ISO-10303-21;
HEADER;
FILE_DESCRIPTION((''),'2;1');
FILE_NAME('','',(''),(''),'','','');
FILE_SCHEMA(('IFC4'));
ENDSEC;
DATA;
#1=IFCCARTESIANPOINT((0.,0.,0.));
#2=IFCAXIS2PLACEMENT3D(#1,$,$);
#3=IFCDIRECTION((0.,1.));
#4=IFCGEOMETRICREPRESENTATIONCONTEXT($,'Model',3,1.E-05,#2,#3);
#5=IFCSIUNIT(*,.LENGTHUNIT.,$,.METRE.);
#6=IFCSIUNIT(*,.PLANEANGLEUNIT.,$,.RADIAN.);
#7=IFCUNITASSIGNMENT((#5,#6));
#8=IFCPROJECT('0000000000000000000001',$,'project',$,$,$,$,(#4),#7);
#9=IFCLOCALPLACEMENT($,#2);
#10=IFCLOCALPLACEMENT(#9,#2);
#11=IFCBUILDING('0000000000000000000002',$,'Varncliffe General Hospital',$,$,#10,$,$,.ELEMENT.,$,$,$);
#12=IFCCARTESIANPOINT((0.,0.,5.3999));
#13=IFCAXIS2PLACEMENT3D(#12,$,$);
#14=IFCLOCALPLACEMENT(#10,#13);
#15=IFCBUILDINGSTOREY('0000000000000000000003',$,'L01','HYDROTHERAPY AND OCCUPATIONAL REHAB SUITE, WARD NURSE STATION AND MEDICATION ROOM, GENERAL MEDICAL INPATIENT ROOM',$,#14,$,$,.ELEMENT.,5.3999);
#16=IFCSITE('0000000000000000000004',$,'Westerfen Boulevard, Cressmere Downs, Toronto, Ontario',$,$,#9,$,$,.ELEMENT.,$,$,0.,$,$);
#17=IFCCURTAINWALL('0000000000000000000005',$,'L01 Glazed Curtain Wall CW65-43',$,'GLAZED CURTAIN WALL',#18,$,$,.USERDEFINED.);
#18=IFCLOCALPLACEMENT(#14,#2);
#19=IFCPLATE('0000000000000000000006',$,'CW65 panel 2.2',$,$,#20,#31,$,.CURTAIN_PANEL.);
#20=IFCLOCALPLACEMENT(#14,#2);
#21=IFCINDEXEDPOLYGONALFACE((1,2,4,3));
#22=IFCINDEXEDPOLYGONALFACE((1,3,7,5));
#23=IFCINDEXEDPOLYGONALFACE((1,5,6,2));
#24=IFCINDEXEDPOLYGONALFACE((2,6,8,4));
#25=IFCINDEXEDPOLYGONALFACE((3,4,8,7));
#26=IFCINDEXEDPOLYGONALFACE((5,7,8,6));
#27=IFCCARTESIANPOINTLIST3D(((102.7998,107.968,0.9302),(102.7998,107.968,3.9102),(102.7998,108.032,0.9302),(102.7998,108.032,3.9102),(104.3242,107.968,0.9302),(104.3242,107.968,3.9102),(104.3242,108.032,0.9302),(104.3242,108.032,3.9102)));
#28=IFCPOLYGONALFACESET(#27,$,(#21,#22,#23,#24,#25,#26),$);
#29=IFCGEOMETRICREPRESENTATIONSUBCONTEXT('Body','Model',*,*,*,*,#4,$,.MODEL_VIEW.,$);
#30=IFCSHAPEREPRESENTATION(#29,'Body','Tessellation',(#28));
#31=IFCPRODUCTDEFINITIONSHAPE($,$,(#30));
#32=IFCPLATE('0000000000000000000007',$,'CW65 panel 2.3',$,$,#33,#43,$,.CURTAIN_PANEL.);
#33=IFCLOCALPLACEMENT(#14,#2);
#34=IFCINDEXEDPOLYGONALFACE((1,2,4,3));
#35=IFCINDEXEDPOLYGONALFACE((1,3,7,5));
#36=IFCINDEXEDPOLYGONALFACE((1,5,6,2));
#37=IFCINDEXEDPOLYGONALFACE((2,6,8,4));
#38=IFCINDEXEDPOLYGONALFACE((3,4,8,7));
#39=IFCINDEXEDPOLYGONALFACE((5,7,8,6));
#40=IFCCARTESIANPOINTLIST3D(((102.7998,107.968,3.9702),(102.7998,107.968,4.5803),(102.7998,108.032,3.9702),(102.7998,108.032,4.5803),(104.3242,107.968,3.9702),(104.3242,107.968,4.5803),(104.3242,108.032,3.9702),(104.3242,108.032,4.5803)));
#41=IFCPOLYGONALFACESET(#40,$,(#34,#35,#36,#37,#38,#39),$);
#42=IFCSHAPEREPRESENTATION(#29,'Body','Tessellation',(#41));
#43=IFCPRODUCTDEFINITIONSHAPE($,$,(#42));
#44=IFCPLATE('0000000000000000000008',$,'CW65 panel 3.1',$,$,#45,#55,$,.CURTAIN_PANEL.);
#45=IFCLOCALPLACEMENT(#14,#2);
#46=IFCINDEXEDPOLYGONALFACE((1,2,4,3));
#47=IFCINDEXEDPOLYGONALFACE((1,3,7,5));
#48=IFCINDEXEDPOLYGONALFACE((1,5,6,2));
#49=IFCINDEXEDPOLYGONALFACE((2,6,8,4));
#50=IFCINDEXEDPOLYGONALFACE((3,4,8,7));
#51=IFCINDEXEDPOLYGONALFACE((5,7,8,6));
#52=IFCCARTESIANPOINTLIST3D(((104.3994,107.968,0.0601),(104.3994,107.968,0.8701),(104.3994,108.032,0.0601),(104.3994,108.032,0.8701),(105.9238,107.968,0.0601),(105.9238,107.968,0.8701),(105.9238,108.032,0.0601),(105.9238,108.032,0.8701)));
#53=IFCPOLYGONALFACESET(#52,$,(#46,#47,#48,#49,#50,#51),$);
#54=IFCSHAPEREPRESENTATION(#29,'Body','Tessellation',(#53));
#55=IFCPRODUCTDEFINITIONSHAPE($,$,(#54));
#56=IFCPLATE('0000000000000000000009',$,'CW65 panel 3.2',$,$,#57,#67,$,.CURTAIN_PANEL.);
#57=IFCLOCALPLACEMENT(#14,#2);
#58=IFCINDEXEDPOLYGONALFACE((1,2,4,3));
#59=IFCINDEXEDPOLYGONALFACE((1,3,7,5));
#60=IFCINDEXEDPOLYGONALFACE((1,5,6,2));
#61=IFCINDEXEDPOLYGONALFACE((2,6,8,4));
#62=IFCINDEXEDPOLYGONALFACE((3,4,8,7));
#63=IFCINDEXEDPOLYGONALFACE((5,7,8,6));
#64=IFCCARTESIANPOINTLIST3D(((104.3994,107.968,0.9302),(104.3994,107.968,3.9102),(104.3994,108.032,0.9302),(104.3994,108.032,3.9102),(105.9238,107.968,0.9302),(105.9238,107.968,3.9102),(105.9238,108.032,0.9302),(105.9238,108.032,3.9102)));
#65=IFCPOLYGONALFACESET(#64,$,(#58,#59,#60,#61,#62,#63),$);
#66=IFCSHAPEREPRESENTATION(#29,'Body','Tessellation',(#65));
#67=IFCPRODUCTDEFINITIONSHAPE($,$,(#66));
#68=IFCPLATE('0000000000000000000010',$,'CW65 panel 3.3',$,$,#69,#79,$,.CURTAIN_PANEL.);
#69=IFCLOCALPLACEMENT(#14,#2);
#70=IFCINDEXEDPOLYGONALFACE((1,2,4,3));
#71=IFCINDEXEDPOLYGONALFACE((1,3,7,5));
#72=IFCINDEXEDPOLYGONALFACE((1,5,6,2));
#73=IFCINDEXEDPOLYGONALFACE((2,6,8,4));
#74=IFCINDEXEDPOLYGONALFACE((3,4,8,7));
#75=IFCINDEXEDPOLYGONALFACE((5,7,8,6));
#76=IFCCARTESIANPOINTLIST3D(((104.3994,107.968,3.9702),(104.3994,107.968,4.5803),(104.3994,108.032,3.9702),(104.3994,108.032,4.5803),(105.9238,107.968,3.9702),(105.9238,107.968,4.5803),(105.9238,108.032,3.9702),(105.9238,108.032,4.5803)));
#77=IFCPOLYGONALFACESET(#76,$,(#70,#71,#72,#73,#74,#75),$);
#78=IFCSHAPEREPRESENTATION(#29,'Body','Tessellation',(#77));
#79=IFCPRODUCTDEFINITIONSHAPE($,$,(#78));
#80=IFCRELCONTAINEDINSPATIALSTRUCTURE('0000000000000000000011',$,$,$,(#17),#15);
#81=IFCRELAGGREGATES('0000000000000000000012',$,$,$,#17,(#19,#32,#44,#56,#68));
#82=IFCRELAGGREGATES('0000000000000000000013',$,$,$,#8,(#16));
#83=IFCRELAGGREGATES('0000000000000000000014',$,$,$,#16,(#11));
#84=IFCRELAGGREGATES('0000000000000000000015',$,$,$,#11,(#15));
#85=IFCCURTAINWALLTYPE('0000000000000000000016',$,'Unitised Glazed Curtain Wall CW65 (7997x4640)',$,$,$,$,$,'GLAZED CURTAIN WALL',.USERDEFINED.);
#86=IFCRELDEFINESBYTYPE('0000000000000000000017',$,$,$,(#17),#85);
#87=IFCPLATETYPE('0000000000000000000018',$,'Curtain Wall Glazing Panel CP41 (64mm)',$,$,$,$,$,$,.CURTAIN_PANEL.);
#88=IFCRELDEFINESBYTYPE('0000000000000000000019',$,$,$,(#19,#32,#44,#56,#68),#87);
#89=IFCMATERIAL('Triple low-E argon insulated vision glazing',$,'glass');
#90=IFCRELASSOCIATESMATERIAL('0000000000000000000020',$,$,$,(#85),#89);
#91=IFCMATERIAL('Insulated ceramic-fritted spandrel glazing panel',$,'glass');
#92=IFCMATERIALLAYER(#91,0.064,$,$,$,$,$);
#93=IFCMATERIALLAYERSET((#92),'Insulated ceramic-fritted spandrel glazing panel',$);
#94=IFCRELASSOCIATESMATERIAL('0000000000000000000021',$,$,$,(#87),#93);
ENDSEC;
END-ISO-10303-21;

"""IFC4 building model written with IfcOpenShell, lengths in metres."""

from ifc_helpers import new_model, si_unit, direction, frame, origin, origin_2d, place, context, subcontext, project, spatial, rectangle, extrude, material, layer, layer_set, type_object, element, aggregate, save


model = new_model("IFC4")

# Units and contexts
model_context = context("Model", 3, precision=1e-05, world=origin(), true_north=direction((0.0, 1.0)))
body_context = subcontext(model_context, "Body", "Model", "MODEL_VIEW")
ifc_project = project(units=[si_unit("LENGTHUNIT", "METRE"), si_unit("PLANEANGLEUNIT", "RADIAN")], contexts=[model_context])

# Site, building, storey
site_placement = place(None, origin())
site = spatial("IfcSite", under=ifc_project, at=site_placement, Name="Westerfen Boulevard, Cressmere Downs, Toronto, Ontario", CompositionType="ELEMENT", RefElevation=0.0)
building_placement = place(site_placement, origin())
building = spatial("IfcBuilding", under=site, at=building_placement, Name="Varncliffe General Hospital", CompositionType="ELEMENT")
storey_placement = place(building_placement, frame((0.0, 0.0, 5.3999)))
storey = spatial("IfcBuildingStorey", under=building, at=storey_placement, Name="L01", Description="HYDROTHERAPY AND OCCUPATIONAL REHAB SUITE, WARD NURSE STATION AND MEDICATION ROOM, GENERAL MEDICAL INPATIENT ROOM", CompositionType="ELEMENT", Elevation=5.3999)

# Curtain wall, plates
ifc_material_1 = material(Name="Triple low-E argon insulated vision glazing", Category="glass")
curtain_wall_type = type_object("IfcCurtainWallType", Name="Unitised Glazed Curtain Wall CW65 (7997x4640)", ElementType="GLAZED CURTAIN WALL", PredefinedType="USERDEFINED", material=ifc_material_1)
curtain_wall_placement = place(storey_placement, origin())
curtain_wall = element("IfcCurtainWall", 1, at=curtain_wall_placement, inside=storey, type_object=curtain_wall_type, Name="L01 Glazed Curtain Wall CW65-43", ObjectType="GLAZED CURTAIN WALL", PredefinedType="USERDEFINED")
ifc_material_2 = material(Name="Insulated ceramic-fritted spandrel glazing panel", Category="glass")
ifc_layer = layer(ifc_material_2, 0.064)
ifc_layer_set = layer_set([ifc_layer], Name="Insulated ceramic-fritted spandrel glazing panel")
plate_type = type_object("IfcPlateType", Name="Curtain Wall Glazing Panel CP41 (64mm)", PredefinedType="CURTAIN_PANEL", material=ifc_layer_set)
plate_1_placement = place(storey_placement, frame((103.562, 108.0, 0.9302), z_axis=(0.0, 0.0, 1.0), x_axis=(1.0, 0.0, 0.0)))
plate_1 = element("IfcPlate", 2, at=plate_1_placement, type_object=plate_type, Name="CW65 panel 2.2", PredefinedType="CURTAIN_PANEL", context=body_context, shape_type="SweptSolid", body=[
    extrude(rectangle(XDim=1.5244, YDim=0.064, at=origin_2d()), origin(), (0.0, 0.0, 1.0), 2.98),
])
plate_2_placement = place(storey_placement, frame((103.562, 108.0, 3.9702), z_axis=(0.0, 0.0, 1.0), x_axis=(1.0, 0.0, 0.0)))
plate_2 = element("IfcPlate", 3, at=plate_2_placement, type_object=plate_type, Name="CW65 panel 2.3", PredefinedType="CURTAIN_PANEL", context=body_context, shape_type="SweptSolid", body=[
    extrude(rectangle(XDim=1.5244, YDim=0.064, at=origin_2d()), origin(), (0.0, 0.0, 1.0), 0.6101),
])
plate_3_placement = place(storey_placement, frame((105.1616, 108.0, 0.0601), z_axis=(0.0, 0.0, 1.0), x_axis=(1.0, 0.0, 0.0)))
plate_3 = element("IfcPlate", 4, at=plate_3_placement, type_object=plate_type, Name="CW65 panel 3.1", PredefinedType="CURTAIN_PANEL", context=body_context, shape_type="SweptSolid", body=[
    extrude(rectangle(XDim=1.5244, YDim=0.064, at=origin_2d()), origin(), (0.0, 0.0, 1.0), 0.8101),
])
plate_4_placement = place(storey_placement, frame((105.1616, 108.0, 0.9302), z_axis=(0.0, 0.0, 1.0), x_axis=(1.0, 0.0, 0.0)))
plate_4 = element("IfcPlate", 5, at=plate_4_placement, type_object=plate_type, Name="CW65 panel 3.2", PredefinedType="CURTAIN_PANEL", context=body_context, shape_type="SweptSolid", body=[
    extrude(rectangle(XDim=1.5244, YDim=0.064, at=origin_2d()), origin(), (0.0, 0.0, 1.0), 2.98),
])
plate_5_placement = place(storey_placement, frame((105.1616, 108.0, 3.9702), z_axis=(0.0, 0.0, 1.0), x_axis=(1.0, 0.0, 0.0)))
plate_5 = element("IfcPlate", 6, at=plate_5_placement, type_object=plate_type, Name="CW65 panel 3.3", PredefinedType="CURTAIN_PANEL", context=body_context, shape_type="SweptSolid", body=[
    extrude(rectangle(XDim=1.5244, YDim=0.064, at=origin_2d()), origin(), (0.0, 0.0, 1.0), 0.6101),
])
aggregate(curtain_wall, [plate_1, plate_2, plate_3, plate_4, plate_5])

save(model, "model.ifc")
